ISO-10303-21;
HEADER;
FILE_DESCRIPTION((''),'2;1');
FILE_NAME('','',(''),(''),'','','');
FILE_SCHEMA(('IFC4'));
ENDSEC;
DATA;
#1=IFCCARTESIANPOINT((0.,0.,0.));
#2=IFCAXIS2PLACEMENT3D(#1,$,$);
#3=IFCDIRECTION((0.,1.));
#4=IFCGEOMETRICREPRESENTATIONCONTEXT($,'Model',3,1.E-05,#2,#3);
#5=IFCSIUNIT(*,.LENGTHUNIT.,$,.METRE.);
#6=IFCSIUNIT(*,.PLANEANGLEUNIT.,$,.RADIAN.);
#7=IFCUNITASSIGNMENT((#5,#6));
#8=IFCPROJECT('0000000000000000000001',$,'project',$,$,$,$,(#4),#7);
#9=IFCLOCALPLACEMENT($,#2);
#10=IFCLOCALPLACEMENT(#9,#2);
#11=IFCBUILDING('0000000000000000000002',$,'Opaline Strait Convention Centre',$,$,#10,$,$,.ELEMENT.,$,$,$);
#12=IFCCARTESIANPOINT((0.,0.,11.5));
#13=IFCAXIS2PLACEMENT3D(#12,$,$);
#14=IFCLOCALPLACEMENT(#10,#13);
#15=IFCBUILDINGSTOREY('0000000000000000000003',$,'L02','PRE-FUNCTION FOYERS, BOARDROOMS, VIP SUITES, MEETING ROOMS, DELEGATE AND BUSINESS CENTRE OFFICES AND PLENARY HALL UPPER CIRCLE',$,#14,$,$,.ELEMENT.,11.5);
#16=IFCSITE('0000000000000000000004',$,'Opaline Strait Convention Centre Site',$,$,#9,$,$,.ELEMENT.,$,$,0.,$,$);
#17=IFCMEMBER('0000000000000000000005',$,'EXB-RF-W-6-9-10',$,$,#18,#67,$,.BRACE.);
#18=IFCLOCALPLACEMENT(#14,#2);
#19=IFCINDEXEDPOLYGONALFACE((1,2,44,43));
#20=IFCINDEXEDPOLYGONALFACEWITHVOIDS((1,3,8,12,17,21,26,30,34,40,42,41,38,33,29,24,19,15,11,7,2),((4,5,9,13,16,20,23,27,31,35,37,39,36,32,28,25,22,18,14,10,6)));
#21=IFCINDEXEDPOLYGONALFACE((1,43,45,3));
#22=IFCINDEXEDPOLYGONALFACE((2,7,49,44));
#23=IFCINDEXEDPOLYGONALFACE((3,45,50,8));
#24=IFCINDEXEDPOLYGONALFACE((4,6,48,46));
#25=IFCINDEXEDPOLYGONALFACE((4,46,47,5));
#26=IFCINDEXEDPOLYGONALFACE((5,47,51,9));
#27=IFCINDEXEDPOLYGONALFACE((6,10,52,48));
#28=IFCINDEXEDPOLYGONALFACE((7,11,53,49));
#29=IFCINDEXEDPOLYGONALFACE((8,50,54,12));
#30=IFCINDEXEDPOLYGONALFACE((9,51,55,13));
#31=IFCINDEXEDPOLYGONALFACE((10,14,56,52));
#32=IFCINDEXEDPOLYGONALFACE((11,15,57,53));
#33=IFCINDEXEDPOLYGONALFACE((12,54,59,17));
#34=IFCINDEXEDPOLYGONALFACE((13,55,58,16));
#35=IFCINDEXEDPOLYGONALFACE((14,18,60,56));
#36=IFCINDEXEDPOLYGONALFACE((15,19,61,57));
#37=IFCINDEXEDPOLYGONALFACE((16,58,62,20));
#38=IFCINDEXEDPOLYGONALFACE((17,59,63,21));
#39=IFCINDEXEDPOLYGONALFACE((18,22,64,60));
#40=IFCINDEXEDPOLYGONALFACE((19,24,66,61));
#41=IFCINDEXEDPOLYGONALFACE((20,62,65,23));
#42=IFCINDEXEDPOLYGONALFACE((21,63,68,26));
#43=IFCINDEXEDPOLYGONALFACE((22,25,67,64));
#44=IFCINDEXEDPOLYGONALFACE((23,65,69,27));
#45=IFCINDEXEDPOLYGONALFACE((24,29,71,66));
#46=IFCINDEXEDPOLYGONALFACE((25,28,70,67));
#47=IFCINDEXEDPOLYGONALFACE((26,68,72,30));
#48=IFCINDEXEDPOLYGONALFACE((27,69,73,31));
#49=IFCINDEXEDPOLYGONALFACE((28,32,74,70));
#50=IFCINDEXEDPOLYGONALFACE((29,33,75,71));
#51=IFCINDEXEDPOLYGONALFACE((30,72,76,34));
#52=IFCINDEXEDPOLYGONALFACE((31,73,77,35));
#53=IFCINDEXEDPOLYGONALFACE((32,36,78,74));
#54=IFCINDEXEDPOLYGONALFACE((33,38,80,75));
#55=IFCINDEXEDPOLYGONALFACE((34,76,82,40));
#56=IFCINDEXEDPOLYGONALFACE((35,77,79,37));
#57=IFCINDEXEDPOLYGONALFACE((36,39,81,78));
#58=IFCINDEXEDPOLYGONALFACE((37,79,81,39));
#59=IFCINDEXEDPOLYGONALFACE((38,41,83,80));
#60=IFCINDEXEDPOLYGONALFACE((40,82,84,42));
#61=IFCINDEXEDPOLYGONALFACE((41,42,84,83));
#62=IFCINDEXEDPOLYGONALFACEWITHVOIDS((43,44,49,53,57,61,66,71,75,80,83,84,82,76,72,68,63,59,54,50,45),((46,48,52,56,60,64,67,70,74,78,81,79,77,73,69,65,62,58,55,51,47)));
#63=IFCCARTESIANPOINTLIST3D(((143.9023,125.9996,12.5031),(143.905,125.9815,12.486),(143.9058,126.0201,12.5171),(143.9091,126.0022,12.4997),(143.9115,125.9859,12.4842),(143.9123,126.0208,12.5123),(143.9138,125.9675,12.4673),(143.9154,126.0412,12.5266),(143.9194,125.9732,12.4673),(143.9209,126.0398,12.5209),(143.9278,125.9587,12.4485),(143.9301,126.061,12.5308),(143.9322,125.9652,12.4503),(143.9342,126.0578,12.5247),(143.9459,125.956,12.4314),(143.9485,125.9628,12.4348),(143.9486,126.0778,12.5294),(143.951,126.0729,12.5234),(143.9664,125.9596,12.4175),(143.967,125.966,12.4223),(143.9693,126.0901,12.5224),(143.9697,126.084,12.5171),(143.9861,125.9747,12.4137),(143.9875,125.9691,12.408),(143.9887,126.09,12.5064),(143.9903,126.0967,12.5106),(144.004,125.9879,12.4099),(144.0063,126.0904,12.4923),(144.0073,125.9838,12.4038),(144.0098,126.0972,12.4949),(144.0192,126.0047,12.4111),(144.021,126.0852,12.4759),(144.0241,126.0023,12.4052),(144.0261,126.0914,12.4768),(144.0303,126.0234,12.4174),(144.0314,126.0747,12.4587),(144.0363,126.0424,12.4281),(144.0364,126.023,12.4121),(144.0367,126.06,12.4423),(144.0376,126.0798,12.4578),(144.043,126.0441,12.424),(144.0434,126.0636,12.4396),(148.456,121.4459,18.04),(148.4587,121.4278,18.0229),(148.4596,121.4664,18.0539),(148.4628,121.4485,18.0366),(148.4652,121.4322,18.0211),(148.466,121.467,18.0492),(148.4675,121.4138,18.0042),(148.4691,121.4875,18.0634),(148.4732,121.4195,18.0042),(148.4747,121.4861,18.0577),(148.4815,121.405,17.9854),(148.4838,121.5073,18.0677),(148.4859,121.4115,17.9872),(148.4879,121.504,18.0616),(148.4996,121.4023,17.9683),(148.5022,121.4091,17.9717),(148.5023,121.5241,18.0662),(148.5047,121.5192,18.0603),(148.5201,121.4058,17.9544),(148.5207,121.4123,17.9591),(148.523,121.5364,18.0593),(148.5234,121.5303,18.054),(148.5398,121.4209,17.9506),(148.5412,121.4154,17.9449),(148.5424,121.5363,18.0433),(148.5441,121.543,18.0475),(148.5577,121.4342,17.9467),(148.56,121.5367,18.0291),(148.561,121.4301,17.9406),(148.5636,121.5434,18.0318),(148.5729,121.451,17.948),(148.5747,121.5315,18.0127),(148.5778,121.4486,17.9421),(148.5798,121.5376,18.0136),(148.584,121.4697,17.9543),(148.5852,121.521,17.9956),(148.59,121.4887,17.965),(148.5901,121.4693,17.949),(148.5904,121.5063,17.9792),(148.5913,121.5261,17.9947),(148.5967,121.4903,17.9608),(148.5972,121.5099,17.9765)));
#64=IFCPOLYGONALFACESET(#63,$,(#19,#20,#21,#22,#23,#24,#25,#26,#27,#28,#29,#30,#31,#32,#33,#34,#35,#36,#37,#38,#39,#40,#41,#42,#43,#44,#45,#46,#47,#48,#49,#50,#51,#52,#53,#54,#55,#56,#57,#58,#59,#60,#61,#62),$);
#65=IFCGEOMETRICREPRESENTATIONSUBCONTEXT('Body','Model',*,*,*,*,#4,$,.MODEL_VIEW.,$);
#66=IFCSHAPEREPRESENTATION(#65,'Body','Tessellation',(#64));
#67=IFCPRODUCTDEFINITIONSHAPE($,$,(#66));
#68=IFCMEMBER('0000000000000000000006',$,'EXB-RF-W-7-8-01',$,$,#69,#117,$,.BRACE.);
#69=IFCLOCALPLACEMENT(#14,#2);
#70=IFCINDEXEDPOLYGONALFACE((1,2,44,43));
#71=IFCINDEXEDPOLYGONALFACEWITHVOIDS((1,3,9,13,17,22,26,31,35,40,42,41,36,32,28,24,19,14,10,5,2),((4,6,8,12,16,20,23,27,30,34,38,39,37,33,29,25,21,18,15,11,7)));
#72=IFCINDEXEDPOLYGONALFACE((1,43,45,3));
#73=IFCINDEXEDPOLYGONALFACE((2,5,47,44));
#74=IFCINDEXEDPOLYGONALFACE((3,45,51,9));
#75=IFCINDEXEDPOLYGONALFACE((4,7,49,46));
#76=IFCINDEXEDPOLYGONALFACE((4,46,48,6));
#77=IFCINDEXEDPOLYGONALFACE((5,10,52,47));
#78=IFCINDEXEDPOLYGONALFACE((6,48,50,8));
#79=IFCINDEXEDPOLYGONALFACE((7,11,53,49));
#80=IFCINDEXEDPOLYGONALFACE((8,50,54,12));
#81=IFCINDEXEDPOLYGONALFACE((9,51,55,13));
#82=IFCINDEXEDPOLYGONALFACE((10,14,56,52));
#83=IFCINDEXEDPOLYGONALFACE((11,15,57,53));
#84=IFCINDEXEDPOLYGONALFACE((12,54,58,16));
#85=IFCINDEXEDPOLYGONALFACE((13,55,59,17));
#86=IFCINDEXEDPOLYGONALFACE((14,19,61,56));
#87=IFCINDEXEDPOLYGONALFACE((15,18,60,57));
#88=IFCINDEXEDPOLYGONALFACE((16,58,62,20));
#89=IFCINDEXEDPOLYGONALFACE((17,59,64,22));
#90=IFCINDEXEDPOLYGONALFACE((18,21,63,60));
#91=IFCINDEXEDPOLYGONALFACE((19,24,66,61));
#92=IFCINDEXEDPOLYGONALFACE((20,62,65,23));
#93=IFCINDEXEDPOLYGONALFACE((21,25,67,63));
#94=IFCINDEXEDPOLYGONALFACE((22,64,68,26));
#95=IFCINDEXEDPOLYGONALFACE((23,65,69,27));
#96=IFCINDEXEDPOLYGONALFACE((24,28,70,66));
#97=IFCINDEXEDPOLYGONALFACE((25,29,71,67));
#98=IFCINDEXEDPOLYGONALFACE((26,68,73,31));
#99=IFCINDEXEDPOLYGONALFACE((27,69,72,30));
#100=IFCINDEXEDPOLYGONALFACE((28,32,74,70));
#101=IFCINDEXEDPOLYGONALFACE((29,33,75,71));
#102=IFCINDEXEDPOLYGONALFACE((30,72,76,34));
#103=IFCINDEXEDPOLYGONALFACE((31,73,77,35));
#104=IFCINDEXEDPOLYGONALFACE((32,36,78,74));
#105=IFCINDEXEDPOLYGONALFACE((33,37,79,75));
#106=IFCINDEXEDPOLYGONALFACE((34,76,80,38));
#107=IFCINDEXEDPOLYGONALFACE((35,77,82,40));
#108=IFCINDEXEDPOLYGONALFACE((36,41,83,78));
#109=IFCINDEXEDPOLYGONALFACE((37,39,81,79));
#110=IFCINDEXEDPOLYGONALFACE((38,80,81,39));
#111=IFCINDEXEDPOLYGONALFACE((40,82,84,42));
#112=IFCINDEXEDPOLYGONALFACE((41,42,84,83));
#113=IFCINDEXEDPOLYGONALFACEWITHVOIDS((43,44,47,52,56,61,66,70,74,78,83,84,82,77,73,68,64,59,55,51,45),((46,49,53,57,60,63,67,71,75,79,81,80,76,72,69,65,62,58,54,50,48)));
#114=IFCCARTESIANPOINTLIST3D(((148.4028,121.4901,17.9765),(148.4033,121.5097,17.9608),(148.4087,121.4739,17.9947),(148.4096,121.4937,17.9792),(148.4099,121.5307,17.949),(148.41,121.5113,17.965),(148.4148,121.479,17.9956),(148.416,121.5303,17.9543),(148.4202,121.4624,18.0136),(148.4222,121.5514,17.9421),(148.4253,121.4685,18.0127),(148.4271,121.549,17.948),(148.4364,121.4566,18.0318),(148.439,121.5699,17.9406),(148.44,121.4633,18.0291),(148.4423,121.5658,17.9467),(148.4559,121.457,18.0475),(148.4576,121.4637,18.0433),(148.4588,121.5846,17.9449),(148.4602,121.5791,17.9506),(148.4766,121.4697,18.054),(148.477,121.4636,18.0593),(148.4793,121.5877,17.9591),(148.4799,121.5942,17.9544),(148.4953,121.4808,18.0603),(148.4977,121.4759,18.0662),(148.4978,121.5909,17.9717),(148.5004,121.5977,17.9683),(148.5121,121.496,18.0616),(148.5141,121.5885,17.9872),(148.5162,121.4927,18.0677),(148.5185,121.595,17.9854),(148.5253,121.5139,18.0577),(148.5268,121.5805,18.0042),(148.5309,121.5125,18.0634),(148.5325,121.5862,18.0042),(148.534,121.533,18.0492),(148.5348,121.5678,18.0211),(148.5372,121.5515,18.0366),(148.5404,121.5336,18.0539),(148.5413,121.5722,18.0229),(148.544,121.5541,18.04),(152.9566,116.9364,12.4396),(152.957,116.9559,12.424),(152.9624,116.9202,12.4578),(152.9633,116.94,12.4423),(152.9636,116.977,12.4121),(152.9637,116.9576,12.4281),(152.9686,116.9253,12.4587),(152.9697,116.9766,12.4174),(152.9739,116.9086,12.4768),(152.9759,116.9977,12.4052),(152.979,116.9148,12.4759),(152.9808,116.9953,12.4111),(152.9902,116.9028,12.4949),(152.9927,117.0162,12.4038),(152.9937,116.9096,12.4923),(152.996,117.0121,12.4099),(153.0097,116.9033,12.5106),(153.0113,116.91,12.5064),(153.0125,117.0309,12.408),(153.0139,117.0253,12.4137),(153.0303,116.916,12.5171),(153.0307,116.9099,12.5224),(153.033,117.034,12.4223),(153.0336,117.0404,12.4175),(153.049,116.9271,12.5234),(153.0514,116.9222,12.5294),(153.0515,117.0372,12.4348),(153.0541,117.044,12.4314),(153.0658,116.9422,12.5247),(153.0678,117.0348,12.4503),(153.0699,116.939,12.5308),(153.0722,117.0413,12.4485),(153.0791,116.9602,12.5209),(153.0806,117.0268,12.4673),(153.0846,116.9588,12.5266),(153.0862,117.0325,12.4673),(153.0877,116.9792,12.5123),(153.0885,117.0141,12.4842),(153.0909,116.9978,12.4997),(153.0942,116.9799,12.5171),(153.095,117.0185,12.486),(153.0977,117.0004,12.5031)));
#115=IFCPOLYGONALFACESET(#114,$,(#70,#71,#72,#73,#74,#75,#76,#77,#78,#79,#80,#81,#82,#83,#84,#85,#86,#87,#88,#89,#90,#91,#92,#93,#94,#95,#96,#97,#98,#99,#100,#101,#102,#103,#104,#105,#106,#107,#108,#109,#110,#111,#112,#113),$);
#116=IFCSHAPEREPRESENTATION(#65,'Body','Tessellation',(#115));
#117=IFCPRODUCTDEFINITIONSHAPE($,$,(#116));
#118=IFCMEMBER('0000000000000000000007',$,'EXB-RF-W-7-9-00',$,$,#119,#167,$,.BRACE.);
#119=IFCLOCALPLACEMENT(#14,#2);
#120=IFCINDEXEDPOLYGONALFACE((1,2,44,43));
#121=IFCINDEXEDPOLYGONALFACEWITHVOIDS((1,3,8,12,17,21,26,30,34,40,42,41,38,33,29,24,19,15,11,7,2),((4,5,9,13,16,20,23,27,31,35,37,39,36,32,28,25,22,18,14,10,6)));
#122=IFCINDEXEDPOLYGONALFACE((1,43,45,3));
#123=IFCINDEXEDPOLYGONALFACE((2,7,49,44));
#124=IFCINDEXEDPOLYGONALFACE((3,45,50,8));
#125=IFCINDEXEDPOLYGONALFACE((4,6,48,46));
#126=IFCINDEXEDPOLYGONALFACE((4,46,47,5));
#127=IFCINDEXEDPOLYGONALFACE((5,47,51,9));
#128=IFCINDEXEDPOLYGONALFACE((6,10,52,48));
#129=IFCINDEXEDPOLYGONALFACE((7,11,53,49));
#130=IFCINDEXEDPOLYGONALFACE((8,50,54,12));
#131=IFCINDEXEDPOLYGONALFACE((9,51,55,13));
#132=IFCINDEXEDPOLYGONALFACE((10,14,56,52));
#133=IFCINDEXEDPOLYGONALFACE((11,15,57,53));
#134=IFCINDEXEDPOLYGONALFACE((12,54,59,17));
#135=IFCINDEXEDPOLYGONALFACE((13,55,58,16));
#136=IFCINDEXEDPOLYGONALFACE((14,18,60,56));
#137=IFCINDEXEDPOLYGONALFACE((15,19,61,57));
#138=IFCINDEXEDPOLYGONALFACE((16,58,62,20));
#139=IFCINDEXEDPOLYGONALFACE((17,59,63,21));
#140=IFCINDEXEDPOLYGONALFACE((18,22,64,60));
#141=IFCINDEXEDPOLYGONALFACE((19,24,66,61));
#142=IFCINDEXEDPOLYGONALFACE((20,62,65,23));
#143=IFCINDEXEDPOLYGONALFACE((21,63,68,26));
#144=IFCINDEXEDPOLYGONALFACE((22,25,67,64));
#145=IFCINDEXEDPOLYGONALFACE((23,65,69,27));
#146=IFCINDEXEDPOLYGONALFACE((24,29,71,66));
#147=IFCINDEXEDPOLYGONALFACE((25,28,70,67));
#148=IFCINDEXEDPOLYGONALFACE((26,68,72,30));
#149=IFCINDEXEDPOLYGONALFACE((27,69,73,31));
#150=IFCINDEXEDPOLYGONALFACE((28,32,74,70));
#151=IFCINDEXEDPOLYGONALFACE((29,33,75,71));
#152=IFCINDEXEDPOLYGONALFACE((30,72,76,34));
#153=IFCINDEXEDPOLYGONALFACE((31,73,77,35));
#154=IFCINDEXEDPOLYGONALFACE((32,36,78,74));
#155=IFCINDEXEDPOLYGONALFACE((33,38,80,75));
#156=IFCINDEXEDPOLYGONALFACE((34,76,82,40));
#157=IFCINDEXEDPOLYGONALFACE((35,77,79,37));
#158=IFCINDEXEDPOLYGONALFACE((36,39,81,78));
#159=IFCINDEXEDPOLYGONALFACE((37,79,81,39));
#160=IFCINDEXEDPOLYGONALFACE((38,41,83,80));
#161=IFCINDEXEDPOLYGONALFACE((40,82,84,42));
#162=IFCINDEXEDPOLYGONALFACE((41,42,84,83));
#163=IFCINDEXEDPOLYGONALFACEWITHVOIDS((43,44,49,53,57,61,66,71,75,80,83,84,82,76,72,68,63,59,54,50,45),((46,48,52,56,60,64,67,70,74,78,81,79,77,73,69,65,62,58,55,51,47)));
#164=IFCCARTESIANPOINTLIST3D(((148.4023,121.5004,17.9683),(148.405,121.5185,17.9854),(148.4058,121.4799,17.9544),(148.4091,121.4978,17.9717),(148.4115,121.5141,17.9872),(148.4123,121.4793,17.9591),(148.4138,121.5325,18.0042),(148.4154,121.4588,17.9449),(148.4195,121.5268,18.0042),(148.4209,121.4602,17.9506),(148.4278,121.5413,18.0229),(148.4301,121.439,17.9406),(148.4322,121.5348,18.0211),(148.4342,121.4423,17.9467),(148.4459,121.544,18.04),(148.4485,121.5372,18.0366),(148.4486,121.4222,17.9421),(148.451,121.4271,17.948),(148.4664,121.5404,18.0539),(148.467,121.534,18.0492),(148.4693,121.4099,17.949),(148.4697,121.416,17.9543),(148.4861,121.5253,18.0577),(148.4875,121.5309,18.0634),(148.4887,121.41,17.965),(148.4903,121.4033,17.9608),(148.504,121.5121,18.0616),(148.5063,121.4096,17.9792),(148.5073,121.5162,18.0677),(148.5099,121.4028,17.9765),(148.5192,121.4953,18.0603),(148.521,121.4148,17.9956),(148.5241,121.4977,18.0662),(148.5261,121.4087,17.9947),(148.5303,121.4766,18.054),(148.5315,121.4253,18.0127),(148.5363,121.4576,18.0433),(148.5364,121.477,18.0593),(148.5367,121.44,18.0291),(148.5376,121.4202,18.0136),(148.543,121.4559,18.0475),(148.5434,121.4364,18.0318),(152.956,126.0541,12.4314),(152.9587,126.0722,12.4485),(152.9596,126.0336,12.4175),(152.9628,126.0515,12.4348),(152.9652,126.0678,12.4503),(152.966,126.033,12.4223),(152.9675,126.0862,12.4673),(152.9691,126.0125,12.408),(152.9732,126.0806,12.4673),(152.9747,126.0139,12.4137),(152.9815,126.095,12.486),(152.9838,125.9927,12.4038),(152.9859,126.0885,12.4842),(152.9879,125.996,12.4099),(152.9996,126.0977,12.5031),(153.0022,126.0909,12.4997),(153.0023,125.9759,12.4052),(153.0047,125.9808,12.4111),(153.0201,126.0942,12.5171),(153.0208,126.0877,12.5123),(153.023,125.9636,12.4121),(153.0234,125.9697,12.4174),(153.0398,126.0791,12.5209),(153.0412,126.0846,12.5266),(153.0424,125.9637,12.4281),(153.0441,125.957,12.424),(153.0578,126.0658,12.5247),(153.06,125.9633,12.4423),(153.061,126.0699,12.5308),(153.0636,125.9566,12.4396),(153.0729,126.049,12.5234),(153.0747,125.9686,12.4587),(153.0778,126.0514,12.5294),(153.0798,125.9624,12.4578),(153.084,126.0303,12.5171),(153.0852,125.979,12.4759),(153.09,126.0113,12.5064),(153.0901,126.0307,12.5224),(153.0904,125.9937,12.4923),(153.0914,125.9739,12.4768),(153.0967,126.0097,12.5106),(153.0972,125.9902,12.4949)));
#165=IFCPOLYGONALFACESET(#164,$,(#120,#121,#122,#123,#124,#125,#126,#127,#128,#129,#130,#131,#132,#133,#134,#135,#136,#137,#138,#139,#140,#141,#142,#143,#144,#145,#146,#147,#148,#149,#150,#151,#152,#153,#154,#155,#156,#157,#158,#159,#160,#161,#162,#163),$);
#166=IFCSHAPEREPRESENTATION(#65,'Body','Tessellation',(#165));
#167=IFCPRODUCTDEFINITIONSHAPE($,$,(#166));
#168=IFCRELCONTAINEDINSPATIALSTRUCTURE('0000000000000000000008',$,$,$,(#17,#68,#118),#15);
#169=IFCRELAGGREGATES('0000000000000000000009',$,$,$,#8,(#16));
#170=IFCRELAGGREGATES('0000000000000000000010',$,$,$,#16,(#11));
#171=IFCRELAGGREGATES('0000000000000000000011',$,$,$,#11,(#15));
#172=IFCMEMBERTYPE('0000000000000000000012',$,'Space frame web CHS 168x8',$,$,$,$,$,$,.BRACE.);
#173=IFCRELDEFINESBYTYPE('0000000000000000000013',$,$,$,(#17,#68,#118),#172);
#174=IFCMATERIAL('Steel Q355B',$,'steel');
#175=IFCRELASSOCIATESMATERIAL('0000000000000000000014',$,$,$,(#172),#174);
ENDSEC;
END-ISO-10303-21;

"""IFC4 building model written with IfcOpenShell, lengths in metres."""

from ifc_helpers import new_model, si_unit, direction, frame, origin, origin_2d, place, context, subcontext, project, spatial, hollow_circle, extrude, material, material_profile, profile_set, type_object, element, save


model = new_model("IFC4")

# Units and contexts
model_context = context("Model", 3, precision=1e-05, world=origin(), true_north=direction((0.0, 1.0)))
body_context = subcontext(model_context, "Body", "Model", "MODEL_VIEW")
ifc_project = project(units=[si_unit("LENGTHUNIT", "METRE"), si_unit("PLANEANGLEUNIT", "RADIAN")], contexts=[model_context])

# Site, building, storey
site_placement = place(None, origin())
site = spatial("IfcSite", under=ifc_project, at=site_placement, Name="Opaline Strait Convention Centre Site", CompositionType="ELEMENT", RefElevation=0.0)
building_placement = place(site_placement, origin())
building = spatial("IfcBuilding", under=site, at=building_placement, Name="Opaline Strait Convention Centre", CompositionType="ELEMENT")
storey_placement = place(building_placement, frame((0.0, 0.0, 11.5)))
storey = spatial("IfcBuildingStorey", under=building, at=storey_placement, Name="L02", Description="PRE-FUNCTION FOYERS, BOARDROOMS, VIP SUITES, MEETING ROOMS, DELEGATE AND BUSINESS CENTRE OFFICES AND PLENARY HALL UPPER CIRCLE", CompositionType="ELEMENT", Elevation=11.5)

# Members
ifc_material_1 = material(Name="Steel Q355B", Category="steel")
ifc_material_profile_1 = material_profile(ifc_material_1, hollow_circle(Radius=0.084, WallThickness=0.0081, at=origin_2d()), Name="CHS 168x8")
ifc_profile_set_1 = profile_set([ifc_material_profile_1], Name="Steel Q355B")
member_type_1 = type_object("IfcMemberType", Name="Space frame web CHS 168x8", PredefinedType="BRACE", material=ifc_profile_set_1)
for number, where, z_axis, x_axis, name in (
    (1, (148.5269, 121.4731, 18.0042), (-0.536178, 0.536178, -0.65194), (-0.707107, -0.707107, 0.0), "EXB-RF-W-6-9-10"),
    (2, (148.4731, 121.5269, 18.0042), (0.536178, -0.536178, -0.65194), (0.707107, 0.707107, 0.0), "EXB-RF-W-7-8-01"),
    (3, (148.4731, 121.4731, 18.0042), (0.536178, 0.536178, -0.65194), (-0.707107, 0.707107, 0.0), "EXB-RF-W-7-9-00"),
):
    element("IfcMember", number, at=place(storey_placement, frame(where, z_axis=z_axis, x_axis=x_axis)), inside=storey, type_object=member_type_1, Name=name, PredefinedType="BRACE", context=body_context, shape_type="SweptSolid", body=[
        extrude(hollow_circle(Radius=0.084, WallThickness=0.0081, at=origin_2d()), origin(), (0.0, 0.0, 1.0), 8.4929),
    ])

save(model, "model.ifc")
